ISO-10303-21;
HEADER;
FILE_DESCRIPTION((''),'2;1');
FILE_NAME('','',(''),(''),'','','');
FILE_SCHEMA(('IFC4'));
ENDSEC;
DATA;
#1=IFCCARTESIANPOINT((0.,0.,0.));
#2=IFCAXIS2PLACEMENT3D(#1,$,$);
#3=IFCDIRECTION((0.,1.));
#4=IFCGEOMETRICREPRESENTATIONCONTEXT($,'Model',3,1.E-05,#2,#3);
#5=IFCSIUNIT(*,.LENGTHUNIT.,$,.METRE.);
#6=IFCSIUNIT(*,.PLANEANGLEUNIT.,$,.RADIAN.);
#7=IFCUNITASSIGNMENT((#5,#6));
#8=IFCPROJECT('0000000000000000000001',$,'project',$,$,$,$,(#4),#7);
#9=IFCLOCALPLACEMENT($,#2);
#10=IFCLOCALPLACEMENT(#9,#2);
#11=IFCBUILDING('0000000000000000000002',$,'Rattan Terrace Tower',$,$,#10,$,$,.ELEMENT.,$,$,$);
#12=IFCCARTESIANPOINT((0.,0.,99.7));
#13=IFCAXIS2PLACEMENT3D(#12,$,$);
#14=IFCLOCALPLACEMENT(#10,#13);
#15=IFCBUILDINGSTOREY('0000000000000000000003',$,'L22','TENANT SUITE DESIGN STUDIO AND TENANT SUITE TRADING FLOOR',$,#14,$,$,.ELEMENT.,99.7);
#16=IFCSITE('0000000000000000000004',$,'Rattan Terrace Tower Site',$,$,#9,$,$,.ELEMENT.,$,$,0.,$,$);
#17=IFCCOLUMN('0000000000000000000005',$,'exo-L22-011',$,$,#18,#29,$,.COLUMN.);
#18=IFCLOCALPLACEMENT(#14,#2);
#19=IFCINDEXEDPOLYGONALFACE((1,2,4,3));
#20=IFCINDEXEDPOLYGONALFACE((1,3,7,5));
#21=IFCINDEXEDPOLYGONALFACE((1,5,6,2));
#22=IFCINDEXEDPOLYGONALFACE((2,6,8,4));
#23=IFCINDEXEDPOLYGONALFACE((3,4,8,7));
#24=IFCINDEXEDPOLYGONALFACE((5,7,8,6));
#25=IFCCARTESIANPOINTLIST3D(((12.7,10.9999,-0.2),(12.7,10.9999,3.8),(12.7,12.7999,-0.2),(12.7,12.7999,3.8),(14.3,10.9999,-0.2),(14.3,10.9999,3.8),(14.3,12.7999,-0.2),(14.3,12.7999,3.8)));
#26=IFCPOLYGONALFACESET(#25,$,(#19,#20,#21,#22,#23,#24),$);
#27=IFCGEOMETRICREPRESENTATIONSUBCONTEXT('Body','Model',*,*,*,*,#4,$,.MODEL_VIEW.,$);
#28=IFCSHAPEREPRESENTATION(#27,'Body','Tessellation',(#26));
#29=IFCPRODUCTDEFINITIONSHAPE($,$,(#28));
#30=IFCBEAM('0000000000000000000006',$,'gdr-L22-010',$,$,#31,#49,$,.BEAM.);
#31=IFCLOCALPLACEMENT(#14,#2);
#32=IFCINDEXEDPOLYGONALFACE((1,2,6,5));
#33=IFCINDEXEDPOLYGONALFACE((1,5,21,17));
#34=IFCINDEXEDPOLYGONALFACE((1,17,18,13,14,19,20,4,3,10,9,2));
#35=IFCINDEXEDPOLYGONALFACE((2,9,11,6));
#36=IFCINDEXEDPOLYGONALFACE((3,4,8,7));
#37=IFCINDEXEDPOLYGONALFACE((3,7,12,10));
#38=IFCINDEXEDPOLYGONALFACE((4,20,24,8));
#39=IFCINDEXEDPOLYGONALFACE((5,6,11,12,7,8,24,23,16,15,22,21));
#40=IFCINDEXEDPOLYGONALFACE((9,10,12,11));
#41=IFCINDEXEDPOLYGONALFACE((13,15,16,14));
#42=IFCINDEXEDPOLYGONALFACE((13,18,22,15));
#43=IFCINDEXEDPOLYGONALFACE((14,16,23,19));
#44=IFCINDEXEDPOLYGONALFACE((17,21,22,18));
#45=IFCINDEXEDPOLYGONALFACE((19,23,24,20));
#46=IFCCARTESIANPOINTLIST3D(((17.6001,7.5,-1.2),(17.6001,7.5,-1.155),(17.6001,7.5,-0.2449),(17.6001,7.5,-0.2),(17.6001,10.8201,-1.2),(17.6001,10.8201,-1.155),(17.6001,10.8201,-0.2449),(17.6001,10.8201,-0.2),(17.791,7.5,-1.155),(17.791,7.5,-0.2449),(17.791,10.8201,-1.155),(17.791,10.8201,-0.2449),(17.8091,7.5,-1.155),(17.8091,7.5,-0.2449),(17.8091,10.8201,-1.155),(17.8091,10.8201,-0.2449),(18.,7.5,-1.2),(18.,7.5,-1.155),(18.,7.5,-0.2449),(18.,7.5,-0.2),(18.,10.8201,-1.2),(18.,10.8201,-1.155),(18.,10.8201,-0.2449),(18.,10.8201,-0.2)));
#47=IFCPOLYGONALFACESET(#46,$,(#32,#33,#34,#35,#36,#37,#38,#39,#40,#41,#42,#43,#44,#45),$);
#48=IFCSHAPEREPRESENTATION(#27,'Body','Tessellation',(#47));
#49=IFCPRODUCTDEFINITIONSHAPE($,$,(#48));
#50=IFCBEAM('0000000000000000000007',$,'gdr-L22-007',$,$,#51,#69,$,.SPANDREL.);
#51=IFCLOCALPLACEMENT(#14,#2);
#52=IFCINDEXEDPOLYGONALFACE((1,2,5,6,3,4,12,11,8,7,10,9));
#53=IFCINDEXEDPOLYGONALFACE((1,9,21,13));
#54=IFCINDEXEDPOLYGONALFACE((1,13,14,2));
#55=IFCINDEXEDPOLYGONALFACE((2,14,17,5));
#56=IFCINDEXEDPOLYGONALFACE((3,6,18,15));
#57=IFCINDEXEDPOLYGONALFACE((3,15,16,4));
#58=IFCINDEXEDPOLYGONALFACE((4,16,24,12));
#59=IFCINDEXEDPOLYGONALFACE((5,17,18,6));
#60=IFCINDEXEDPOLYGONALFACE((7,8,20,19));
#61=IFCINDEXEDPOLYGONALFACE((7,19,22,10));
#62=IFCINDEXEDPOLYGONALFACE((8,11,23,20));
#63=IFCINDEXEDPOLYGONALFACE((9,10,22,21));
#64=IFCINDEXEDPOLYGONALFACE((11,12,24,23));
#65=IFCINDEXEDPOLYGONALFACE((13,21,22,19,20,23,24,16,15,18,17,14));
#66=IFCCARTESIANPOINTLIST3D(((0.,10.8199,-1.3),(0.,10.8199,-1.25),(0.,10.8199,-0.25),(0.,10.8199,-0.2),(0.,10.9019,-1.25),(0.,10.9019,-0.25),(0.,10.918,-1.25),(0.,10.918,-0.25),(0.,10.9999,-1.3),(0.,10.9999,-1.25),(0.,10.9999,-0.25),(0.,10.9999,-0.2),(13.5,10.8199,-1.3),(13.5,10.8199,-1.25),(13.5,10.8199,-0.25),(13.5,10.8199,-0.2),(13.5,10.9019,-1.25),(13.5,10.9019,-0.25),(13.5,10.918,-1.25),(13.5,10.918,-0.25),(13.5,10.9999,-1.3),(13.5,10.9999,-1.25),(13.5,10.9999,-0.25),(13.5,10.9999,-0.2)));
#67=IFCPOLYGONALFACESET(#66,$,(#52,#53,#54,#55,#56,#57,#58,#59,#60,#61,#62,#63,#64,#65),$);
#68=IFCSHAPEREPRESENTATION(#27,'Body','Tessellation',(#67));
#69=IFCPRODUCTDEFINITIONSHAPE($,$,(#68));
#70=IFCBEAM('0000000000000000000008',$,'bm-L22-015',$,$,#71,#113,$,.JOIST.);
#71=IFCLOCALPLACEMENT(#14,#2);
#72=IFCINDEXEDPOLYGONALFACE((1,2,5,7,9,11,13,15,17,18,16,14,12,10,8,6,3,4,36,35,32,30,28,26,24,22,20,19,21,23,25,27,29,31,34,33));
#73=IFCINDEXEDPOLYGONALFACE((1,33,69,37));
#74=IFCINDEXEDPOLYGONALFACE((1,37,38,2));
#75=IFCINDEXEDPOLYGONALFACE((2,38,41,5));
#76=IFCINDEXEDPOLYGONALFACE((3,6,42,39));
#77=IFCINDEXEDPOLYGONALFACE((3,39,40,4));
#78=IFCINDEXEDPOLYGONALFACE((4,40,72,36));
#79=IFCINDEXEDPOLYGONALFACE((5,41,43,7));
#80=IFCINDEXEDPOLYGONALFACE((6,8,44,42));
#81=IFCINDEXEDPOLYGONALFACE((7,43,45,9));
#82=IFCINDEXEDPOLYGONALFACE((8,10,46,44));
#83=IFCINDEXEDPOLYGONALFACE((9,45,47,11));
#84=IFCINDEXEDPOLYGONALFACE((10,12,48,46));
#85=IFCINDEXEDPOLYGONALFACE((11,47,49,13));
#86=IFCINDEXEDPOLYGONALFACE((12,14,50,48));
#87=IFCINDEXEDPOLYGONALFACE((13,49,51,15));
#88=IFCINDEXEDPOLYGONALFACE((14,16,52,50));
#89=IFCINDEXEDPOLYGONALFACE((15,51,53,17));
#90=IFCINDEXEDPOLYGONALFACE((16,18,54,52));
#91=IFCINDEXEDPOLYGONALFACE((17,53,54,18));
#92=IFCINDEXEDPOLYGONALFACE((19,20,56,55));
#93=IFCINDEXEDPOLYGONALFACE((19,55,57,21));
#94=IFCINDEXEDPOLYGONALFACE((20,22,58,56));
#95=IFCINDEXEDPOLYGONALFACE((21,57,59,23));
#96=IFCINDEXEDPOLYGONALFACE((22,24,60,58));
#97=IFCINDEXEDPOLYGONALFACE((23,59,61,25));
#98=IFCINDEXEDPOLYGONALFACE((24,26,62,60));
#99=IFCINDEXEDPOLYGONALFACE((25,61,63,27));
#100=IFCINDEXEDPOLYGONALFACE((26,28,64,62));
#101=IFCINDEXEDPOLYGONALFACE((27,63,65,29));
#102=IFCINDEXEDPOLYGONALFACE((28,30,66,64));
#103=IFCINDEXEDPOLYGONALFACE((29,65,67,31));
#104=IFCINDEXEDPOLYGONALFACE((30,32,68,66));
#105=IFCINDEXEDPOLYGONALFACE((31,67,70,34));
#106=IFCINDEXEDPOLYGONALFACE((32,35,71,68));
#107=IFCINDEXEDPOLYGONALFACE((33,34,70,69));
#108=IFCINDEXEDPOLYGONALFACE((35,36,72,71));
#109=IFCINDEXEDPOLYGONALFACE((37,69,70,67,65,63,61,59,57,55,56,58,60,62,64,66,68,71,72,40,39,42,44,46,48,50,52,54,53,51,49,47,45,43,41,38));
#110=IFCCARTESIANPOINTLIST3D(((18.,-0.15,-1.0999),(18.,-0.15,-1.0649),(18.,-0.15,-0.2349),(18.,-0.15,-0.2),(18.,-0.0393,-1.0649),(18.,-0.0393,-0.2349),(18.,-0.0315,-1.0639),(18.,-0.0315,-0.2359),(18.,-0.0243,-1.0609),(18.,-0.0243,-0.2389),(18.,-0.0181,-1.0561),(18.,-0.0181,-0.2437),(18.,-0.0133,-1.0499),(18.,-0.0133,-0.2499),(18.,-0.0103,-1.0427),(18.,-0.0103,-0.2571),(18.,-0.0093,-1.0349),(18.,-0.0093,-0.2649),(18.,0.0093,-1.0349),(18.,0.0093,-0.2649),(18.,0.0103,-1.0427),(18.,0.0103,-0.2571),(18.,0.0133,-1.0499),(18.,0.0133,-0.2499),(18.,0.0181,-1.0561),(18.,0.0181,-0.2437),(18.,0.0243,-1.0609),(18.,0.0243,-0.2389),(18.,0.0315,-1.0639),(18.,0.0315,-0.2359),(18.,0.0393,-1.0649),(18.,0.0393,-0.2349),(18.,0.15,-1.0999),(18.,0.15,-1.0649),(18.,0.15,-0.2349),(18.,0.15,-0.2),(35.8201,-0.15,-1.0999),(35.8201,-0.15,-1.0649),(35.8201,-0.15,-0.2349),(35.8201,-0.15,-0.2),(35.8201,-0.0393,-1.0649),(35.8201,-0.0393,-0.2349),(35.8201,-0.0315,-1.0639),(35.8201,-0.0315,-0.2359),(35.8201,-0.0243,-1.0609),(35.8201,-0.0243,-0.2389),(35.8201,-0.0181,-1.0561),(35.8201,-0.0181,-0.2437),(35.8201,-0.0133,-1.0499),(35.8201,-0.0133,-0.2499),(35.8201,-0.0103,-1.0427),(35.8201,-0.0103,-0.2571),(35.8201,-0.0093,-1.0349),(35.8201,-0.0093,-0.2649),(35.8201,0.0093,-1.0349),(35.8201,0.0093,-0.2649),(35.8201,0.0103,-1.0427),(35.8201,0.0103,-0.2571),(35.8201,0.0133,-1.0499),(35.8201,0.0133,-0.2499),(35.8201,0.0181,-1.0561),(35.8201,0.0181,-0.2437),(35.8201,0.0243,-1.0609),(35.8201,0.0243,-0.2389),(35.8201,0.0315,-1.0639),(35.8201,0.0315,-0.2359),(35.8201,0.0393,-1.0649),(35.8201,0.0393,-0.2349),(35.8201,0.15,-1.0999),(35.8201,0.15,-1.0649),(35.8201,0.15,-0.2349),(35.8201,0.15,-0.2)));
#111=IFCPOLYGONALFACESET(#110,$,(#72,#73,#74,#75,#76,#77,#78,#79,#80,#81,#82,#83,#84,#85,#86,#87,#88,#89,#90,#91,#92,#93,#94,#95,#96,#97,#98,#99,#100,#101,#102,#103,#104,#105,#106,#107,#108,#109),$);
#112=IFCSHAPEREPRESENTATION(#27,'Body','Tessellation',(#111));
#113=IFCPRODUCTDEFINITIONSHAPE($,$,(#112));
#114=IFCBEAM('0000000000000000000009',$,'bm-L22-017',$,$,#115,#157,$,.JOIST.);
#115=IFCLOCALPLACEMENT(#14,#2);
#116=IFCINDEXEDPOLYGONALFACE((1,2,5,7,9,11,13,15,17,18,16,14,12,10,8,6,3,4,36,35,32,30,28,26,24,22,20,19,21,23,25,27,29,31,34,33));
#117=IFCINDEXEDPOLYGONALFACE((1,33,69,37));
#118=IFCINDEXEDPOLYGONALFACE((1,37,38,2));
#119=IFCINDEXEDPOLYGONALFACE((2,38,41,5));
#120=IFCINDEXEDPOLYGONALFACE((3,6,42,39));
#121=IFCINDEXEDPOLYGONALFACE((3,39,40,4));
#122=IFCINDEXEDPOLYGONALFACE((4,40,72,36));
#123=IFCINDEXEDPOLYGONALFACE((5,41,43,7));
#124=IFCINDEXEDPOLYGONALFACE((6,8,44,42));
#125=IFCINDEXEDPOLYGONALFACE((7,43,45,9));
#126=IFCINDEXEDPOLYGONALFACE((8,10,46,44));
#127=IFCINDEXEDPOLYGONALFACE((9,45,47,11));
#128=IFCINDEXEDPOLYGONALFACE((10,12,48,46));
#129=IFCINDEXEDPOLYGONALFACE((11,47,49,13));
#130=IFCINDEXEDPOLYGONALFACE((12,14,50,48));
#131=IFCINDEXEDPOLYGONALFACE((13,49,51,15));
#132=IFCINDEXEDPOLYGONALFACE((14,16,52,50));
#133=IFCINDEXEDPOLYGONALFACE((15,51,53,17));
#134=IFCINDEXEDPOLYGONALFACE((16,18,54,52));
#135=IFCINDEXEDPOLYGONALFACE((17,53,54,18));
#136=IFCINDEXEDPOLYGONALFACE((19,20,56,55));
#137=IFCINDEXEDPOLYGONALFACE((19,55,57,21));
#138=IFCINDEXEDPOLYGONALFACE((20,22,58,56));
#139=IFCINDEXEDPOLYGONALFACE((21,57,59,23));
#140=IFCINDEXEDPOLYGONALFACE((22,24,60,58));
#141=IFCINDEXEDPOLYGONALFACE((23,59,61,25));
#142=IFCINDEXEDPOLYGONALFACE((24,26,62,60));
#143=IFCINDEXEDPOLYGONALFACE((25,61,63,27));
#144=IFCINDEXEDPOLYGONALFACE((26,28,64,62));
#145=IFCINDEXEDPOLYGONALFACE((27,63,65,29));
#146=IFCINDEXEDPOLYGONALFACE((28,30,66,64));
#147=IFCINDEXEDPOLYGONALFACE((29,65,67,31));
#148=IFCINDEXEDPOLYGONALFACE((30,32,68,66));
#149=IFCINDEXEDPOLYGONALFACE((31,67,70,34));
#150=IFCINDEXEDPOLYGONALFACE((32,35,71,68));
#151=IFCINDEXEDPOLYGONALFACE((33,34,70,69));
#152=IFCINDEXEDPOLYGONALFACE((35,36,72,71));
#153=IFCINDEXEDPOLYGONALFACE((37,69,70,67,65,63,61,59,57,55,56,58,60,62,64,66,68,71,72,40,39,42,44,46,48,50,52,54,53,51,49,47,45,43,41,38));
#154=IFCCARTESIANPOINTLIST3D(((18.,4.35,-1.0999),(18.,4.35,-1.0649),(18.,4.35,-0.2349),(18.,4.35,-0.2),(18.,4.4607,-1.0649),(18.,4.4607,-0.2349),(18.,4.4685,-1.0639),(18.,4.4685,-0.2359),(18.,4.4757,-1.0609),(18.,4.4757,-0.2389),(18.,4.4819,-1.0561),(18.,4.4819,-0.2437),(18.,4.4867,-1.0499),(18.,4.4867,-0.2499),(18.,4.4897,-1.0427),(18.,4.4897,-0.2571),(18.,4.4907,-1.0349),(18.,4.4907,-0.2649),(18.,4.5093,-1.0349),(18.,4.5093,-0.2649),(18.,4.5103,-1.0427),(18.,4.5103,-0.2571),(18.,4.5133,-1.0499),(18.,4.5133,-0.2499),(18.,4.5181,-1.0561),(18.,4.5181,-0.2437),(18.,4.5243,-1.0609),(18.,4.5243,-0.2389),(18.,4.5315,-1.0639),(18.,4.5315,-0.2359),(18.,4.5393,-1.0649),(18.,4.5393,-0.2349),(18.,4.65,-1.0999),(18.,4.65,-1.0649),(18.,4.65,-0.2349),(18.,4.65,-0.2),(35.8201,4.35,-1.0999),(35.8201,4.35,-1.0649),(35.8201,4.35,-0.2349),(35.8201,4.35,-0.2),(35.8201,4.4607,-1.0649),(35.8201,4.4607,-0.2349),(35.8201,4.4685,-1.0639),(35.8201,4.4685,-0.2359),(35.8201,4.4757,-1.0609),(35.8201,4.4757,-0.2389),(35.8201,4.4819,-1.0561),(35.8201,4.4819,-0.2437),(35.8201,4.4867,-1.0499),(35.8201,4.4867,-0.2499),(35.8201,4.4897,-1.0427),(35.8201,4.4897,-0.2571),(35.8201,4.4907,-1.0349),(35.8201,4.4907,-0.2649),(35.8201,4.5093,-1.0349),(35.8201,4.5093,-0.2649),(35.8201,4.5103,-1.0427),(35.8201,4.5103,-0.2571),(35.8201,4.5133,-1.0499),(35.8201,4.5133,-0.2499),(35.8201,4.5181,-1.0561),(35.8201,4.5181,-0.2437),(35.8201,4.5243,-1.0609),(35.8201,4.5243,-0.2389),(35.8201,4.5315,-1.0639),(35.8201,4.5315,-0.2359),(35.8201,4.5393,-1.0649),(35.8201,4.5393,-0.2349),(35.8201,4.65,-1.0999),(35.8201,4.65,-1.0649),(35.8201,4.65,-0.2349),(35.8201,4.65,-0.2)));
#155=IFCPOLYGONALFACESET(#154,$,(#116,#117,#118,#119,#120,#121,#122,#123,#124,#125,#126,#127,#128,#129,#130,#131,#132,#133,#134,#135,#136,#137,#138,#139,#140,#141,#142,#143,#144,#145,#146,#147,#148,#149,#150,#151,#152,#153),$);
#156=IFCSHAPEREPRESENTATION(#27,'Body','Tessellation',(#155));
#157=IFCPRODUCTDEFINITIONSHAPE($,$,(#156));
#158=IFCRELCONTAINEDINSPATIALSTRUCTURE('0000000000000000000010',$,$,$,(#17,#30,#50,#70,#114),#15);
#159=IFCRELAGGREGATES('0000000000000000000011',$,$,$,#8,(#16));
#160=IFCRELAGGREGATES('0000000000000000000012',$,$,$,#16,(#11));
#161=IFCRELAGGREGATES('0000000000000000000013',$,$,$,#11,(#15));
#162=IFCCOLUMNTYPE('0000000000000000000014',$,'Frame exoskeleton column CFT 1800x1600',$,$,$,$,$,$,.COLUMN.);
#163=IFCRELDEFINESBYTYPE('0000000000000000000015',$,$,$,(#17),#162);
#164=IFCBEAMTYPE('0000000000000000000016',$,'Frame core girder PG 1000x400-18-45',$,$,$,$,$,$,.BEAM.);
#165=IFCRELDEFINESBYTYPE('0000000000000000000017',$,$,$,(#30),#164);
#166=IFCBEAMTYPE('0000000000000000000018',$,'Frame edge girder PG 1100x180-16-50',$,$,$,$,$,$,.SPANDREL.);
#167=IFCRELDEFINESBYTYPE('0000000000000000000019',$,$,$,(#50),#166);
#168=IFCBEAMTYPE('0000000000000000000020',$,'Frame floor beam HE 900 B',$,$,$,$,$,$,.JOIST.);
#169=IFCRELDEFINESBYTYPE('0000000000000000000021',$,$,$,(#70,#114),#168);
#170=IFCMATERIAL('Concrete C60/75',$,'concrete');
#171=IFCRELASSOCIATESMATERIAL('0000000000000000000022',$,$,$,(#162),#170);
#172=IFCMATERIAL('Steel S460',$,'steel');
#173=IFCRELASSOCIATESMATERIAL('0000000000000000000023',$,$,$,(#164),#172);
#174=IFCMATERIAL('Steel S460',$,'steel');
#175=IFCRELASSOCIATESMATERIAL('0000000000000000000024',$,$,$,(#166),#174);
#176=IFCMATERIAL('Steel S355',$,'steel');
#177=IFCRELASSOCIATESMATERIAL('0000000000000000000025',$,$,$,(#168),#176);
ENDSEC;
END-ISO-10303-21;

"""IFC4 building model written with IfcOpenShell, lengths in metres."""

from ifc_helpers import new_model, si_unit, direction, frame, origin, origin_2d, place, context, subcontext, project, spatial, rectangle, i_section, extrude, material, material_profile, profile_set, type_object, element, save


model = new_model("IFC4")

# Units and contexts
model_context = context("Model", 3, precision=1e-05, world=origin(), true_north=direction((0.0, 1.0)))
body_context = subcontext(model_context, "Body", "Model", "MODEL_VIEW")
ifc_project = project(units=[si_unit("LENGTHUNIT", "METRE"), si_unit("PLANEANGLEUNIT", "RADIAN")], contexts=[model_context])

# Site, building, storey
site_placement = place(None, origin())
site = spatial("IfcSite", under=ifc_project, at=site_placement, Name="Rattan Terrace Tower Site", CompositionType="ELEMENT", RefElevation=0.0)
building_placement = place(site_placement, origin())
building = spatial("IfcBuilding", under=site, at=building_placement, Name="Rattan Terrace Tower", CompositionType="ELEMENT")
storey_placement = place(building_placement, frame((0.0, 0.0, 99.7)))
storey = spatial("IfcBuildingStorey", under=building, at=storey_placement, Name="L22", Description="TENANT SUITE DESIGN STUDIO AND TENANT SUITE TRADING FLOOR", CompositionType="ELEMENT", Elevation=99.7)

# Column
ifc_material_1 = material(Name="Concrete C60/75", Category="concrete")
ifc_material_profile_1 = material_profile(ifc_material_1, rectangle(XDim=1.6001, YDim=1.8, at=origin_2d()), Name="CFT 1800x1600")
ifc_profile_set_1 = profile_set([ifc_material_profile_1], Name="Concrete C60/75")
column_type = type_object("IfcColumnType", Name="Frame exoskeleton column CFT 1800x1600", PredefinedType="COLUMN", material=ifc_profile_set_1)
column_placement = place(storey_placement, frame((13.5, 11.8999, -0.2), z_axis=(0.0, 0.0, 1.0), x_axis=(1.0, 0.0, 0.0)))
element("IfcColumn", 1, at=column_placement, inside=storey, type_object=column_type, Name="exo-L22-011", PredefinedType="COLUMN", context=body_context, shape_type="SweptSolid", body=[
    extrude(rectangle(XDim=1.6001, YDim=1.8, at=origin_2d()), origin(), (0.0, 0.0, 1.0), 4.0),
])

# Beams
ifc_material_2 = material(Name="Steel S460", Category="steel")
ifc_material_profile_2 = material_profile(ifc_material_2, i_section(OverallWidth=0.3999, OverallDepth=1.0, WebThickness=0.0181, FlangeThickness=0.0449, at=origin_2d()), Name="PG 1000x400-18-45")
ifc_profile_set_2 = profile_set([ifc_material_profile_2], Name="Steel S460")
beam_type_1 = type_object("IfcBeamType", Name="Frame core girder PG 1000x400-18-45", PredefinedType="BEAM", material=ifc_profile_set_2)
beam_1_placement = place(storey_placement, frame((17.8, 7.5, -0.7), z_axis=(0.0, 1.0, 0.0), x_axis=(-1.0, 0.0, 0.0)))
element("IfcBeam", 2, at=beam_1_placement, inside=storey, type_object=beam_type_1, Name="gdr-L22-010", PredefinedType="BEAM", context=body_context, shape_type="SweptSolid", body=[
    extrude(i_section(OverallWidth=0.3999, OverallDepth=1.0, WebThickness=0.0181, FlangeThickness=0.0449, at=origin_2d()), origin(), (0.0, 0.0, 1.0), 3.3201),
])
ifc_material_3 = material(Name="Steel S460", Category="steel")
ifc_material_profile_3 = material_profile(ifc_material_3, i_section(OverallWidth=0.1799, OverallDepth=1.1001, WebThickness=0.0161, FlangeThickness=0.05, at=origin_2d()), Name="PG 1100x180-16-50")
ifc_profile_set_3 = profile_set([ifc_material_profile_3], Name="Steel S460")
beam_type_2 = type_object("IfcBeamType", Name="Frame edge girder PG 1100x180-16-50", PredefinedType="SPANDREL", material=ifc_profile_set_3)
beam_2_placement = place(storey_placement, frame((13.5, 10.9099, -0.75), z_axis=(-1.0, 0.0, 0.0), x_axis=(0.0, -1.0, 0.0)))
element("IfcBeam", 3, at=beam_2_placement, inside=storey, type_object=beam_type_2, Name="gdr-L22-007", PredefinedType="SPANDREL", context=body_context, shape_type="SweptSolid", body=[
    extrude(i_section(OverallWidth=0.1799, OverallDepth=1.1001, WebThickness=0.0161, FlangeThickness=0.05, at=origin_2d()), origin(), (0.0, 0.0, 1.0), 13.5),
])
ifc_material_4 = material(Name="Steel S355", Category="steel")
ifc_material_profile_4 = material_profile(ifc_material_4, i_section(OverallWidth=0.3, OverallDepth=0.8999, WebThickness=0.0186, FlangeThickness=0.0349, FilletRadius=0.03, at=origin_2d()), Name="HE 900 B")
ifc_profile_set_4 = profile_set([ifc_material_profile_4], Name="Steel S355")
beam_type_3 = type_object("IfcBeamType", Name="Frame floor beam HE 900 B", PredefinedType="JOIST", material=ifc_profile_set_4)
for number, where, z_axis, x_axis, name in (
    (4, (18.0, 0.0, -0.6499), (1.0, 0.0, 0.0), (0.0, 1.0, 0.0), "bm-L22-015"),
    (5, (18.0, 4.5, -0.6499), (1.0, 0.0, 0.0), (0.0, 1.0, 0.0), "bm-L22-017"),
):
    element("IfcBeam", number, at=place(storey_placement, frame(where, z_axis=z_axis, x_axis=x_axis)), inside=storey, type_object=beam_type_3, Name=name, PredefinedType="JOIST", context=body_context, shape_type="SweptSolid", body=[
        extrude(i_section(OverallWidth=0.3, OverallDepth=0.8999, WebThickness=0.0186, FlangeThickness=0.0349, FilletRadius=0.03, at=origin_2d()), origin(), (0.0, 0.0, 1.0), 17.8201),
    ])

save(model, "model.ifc")
